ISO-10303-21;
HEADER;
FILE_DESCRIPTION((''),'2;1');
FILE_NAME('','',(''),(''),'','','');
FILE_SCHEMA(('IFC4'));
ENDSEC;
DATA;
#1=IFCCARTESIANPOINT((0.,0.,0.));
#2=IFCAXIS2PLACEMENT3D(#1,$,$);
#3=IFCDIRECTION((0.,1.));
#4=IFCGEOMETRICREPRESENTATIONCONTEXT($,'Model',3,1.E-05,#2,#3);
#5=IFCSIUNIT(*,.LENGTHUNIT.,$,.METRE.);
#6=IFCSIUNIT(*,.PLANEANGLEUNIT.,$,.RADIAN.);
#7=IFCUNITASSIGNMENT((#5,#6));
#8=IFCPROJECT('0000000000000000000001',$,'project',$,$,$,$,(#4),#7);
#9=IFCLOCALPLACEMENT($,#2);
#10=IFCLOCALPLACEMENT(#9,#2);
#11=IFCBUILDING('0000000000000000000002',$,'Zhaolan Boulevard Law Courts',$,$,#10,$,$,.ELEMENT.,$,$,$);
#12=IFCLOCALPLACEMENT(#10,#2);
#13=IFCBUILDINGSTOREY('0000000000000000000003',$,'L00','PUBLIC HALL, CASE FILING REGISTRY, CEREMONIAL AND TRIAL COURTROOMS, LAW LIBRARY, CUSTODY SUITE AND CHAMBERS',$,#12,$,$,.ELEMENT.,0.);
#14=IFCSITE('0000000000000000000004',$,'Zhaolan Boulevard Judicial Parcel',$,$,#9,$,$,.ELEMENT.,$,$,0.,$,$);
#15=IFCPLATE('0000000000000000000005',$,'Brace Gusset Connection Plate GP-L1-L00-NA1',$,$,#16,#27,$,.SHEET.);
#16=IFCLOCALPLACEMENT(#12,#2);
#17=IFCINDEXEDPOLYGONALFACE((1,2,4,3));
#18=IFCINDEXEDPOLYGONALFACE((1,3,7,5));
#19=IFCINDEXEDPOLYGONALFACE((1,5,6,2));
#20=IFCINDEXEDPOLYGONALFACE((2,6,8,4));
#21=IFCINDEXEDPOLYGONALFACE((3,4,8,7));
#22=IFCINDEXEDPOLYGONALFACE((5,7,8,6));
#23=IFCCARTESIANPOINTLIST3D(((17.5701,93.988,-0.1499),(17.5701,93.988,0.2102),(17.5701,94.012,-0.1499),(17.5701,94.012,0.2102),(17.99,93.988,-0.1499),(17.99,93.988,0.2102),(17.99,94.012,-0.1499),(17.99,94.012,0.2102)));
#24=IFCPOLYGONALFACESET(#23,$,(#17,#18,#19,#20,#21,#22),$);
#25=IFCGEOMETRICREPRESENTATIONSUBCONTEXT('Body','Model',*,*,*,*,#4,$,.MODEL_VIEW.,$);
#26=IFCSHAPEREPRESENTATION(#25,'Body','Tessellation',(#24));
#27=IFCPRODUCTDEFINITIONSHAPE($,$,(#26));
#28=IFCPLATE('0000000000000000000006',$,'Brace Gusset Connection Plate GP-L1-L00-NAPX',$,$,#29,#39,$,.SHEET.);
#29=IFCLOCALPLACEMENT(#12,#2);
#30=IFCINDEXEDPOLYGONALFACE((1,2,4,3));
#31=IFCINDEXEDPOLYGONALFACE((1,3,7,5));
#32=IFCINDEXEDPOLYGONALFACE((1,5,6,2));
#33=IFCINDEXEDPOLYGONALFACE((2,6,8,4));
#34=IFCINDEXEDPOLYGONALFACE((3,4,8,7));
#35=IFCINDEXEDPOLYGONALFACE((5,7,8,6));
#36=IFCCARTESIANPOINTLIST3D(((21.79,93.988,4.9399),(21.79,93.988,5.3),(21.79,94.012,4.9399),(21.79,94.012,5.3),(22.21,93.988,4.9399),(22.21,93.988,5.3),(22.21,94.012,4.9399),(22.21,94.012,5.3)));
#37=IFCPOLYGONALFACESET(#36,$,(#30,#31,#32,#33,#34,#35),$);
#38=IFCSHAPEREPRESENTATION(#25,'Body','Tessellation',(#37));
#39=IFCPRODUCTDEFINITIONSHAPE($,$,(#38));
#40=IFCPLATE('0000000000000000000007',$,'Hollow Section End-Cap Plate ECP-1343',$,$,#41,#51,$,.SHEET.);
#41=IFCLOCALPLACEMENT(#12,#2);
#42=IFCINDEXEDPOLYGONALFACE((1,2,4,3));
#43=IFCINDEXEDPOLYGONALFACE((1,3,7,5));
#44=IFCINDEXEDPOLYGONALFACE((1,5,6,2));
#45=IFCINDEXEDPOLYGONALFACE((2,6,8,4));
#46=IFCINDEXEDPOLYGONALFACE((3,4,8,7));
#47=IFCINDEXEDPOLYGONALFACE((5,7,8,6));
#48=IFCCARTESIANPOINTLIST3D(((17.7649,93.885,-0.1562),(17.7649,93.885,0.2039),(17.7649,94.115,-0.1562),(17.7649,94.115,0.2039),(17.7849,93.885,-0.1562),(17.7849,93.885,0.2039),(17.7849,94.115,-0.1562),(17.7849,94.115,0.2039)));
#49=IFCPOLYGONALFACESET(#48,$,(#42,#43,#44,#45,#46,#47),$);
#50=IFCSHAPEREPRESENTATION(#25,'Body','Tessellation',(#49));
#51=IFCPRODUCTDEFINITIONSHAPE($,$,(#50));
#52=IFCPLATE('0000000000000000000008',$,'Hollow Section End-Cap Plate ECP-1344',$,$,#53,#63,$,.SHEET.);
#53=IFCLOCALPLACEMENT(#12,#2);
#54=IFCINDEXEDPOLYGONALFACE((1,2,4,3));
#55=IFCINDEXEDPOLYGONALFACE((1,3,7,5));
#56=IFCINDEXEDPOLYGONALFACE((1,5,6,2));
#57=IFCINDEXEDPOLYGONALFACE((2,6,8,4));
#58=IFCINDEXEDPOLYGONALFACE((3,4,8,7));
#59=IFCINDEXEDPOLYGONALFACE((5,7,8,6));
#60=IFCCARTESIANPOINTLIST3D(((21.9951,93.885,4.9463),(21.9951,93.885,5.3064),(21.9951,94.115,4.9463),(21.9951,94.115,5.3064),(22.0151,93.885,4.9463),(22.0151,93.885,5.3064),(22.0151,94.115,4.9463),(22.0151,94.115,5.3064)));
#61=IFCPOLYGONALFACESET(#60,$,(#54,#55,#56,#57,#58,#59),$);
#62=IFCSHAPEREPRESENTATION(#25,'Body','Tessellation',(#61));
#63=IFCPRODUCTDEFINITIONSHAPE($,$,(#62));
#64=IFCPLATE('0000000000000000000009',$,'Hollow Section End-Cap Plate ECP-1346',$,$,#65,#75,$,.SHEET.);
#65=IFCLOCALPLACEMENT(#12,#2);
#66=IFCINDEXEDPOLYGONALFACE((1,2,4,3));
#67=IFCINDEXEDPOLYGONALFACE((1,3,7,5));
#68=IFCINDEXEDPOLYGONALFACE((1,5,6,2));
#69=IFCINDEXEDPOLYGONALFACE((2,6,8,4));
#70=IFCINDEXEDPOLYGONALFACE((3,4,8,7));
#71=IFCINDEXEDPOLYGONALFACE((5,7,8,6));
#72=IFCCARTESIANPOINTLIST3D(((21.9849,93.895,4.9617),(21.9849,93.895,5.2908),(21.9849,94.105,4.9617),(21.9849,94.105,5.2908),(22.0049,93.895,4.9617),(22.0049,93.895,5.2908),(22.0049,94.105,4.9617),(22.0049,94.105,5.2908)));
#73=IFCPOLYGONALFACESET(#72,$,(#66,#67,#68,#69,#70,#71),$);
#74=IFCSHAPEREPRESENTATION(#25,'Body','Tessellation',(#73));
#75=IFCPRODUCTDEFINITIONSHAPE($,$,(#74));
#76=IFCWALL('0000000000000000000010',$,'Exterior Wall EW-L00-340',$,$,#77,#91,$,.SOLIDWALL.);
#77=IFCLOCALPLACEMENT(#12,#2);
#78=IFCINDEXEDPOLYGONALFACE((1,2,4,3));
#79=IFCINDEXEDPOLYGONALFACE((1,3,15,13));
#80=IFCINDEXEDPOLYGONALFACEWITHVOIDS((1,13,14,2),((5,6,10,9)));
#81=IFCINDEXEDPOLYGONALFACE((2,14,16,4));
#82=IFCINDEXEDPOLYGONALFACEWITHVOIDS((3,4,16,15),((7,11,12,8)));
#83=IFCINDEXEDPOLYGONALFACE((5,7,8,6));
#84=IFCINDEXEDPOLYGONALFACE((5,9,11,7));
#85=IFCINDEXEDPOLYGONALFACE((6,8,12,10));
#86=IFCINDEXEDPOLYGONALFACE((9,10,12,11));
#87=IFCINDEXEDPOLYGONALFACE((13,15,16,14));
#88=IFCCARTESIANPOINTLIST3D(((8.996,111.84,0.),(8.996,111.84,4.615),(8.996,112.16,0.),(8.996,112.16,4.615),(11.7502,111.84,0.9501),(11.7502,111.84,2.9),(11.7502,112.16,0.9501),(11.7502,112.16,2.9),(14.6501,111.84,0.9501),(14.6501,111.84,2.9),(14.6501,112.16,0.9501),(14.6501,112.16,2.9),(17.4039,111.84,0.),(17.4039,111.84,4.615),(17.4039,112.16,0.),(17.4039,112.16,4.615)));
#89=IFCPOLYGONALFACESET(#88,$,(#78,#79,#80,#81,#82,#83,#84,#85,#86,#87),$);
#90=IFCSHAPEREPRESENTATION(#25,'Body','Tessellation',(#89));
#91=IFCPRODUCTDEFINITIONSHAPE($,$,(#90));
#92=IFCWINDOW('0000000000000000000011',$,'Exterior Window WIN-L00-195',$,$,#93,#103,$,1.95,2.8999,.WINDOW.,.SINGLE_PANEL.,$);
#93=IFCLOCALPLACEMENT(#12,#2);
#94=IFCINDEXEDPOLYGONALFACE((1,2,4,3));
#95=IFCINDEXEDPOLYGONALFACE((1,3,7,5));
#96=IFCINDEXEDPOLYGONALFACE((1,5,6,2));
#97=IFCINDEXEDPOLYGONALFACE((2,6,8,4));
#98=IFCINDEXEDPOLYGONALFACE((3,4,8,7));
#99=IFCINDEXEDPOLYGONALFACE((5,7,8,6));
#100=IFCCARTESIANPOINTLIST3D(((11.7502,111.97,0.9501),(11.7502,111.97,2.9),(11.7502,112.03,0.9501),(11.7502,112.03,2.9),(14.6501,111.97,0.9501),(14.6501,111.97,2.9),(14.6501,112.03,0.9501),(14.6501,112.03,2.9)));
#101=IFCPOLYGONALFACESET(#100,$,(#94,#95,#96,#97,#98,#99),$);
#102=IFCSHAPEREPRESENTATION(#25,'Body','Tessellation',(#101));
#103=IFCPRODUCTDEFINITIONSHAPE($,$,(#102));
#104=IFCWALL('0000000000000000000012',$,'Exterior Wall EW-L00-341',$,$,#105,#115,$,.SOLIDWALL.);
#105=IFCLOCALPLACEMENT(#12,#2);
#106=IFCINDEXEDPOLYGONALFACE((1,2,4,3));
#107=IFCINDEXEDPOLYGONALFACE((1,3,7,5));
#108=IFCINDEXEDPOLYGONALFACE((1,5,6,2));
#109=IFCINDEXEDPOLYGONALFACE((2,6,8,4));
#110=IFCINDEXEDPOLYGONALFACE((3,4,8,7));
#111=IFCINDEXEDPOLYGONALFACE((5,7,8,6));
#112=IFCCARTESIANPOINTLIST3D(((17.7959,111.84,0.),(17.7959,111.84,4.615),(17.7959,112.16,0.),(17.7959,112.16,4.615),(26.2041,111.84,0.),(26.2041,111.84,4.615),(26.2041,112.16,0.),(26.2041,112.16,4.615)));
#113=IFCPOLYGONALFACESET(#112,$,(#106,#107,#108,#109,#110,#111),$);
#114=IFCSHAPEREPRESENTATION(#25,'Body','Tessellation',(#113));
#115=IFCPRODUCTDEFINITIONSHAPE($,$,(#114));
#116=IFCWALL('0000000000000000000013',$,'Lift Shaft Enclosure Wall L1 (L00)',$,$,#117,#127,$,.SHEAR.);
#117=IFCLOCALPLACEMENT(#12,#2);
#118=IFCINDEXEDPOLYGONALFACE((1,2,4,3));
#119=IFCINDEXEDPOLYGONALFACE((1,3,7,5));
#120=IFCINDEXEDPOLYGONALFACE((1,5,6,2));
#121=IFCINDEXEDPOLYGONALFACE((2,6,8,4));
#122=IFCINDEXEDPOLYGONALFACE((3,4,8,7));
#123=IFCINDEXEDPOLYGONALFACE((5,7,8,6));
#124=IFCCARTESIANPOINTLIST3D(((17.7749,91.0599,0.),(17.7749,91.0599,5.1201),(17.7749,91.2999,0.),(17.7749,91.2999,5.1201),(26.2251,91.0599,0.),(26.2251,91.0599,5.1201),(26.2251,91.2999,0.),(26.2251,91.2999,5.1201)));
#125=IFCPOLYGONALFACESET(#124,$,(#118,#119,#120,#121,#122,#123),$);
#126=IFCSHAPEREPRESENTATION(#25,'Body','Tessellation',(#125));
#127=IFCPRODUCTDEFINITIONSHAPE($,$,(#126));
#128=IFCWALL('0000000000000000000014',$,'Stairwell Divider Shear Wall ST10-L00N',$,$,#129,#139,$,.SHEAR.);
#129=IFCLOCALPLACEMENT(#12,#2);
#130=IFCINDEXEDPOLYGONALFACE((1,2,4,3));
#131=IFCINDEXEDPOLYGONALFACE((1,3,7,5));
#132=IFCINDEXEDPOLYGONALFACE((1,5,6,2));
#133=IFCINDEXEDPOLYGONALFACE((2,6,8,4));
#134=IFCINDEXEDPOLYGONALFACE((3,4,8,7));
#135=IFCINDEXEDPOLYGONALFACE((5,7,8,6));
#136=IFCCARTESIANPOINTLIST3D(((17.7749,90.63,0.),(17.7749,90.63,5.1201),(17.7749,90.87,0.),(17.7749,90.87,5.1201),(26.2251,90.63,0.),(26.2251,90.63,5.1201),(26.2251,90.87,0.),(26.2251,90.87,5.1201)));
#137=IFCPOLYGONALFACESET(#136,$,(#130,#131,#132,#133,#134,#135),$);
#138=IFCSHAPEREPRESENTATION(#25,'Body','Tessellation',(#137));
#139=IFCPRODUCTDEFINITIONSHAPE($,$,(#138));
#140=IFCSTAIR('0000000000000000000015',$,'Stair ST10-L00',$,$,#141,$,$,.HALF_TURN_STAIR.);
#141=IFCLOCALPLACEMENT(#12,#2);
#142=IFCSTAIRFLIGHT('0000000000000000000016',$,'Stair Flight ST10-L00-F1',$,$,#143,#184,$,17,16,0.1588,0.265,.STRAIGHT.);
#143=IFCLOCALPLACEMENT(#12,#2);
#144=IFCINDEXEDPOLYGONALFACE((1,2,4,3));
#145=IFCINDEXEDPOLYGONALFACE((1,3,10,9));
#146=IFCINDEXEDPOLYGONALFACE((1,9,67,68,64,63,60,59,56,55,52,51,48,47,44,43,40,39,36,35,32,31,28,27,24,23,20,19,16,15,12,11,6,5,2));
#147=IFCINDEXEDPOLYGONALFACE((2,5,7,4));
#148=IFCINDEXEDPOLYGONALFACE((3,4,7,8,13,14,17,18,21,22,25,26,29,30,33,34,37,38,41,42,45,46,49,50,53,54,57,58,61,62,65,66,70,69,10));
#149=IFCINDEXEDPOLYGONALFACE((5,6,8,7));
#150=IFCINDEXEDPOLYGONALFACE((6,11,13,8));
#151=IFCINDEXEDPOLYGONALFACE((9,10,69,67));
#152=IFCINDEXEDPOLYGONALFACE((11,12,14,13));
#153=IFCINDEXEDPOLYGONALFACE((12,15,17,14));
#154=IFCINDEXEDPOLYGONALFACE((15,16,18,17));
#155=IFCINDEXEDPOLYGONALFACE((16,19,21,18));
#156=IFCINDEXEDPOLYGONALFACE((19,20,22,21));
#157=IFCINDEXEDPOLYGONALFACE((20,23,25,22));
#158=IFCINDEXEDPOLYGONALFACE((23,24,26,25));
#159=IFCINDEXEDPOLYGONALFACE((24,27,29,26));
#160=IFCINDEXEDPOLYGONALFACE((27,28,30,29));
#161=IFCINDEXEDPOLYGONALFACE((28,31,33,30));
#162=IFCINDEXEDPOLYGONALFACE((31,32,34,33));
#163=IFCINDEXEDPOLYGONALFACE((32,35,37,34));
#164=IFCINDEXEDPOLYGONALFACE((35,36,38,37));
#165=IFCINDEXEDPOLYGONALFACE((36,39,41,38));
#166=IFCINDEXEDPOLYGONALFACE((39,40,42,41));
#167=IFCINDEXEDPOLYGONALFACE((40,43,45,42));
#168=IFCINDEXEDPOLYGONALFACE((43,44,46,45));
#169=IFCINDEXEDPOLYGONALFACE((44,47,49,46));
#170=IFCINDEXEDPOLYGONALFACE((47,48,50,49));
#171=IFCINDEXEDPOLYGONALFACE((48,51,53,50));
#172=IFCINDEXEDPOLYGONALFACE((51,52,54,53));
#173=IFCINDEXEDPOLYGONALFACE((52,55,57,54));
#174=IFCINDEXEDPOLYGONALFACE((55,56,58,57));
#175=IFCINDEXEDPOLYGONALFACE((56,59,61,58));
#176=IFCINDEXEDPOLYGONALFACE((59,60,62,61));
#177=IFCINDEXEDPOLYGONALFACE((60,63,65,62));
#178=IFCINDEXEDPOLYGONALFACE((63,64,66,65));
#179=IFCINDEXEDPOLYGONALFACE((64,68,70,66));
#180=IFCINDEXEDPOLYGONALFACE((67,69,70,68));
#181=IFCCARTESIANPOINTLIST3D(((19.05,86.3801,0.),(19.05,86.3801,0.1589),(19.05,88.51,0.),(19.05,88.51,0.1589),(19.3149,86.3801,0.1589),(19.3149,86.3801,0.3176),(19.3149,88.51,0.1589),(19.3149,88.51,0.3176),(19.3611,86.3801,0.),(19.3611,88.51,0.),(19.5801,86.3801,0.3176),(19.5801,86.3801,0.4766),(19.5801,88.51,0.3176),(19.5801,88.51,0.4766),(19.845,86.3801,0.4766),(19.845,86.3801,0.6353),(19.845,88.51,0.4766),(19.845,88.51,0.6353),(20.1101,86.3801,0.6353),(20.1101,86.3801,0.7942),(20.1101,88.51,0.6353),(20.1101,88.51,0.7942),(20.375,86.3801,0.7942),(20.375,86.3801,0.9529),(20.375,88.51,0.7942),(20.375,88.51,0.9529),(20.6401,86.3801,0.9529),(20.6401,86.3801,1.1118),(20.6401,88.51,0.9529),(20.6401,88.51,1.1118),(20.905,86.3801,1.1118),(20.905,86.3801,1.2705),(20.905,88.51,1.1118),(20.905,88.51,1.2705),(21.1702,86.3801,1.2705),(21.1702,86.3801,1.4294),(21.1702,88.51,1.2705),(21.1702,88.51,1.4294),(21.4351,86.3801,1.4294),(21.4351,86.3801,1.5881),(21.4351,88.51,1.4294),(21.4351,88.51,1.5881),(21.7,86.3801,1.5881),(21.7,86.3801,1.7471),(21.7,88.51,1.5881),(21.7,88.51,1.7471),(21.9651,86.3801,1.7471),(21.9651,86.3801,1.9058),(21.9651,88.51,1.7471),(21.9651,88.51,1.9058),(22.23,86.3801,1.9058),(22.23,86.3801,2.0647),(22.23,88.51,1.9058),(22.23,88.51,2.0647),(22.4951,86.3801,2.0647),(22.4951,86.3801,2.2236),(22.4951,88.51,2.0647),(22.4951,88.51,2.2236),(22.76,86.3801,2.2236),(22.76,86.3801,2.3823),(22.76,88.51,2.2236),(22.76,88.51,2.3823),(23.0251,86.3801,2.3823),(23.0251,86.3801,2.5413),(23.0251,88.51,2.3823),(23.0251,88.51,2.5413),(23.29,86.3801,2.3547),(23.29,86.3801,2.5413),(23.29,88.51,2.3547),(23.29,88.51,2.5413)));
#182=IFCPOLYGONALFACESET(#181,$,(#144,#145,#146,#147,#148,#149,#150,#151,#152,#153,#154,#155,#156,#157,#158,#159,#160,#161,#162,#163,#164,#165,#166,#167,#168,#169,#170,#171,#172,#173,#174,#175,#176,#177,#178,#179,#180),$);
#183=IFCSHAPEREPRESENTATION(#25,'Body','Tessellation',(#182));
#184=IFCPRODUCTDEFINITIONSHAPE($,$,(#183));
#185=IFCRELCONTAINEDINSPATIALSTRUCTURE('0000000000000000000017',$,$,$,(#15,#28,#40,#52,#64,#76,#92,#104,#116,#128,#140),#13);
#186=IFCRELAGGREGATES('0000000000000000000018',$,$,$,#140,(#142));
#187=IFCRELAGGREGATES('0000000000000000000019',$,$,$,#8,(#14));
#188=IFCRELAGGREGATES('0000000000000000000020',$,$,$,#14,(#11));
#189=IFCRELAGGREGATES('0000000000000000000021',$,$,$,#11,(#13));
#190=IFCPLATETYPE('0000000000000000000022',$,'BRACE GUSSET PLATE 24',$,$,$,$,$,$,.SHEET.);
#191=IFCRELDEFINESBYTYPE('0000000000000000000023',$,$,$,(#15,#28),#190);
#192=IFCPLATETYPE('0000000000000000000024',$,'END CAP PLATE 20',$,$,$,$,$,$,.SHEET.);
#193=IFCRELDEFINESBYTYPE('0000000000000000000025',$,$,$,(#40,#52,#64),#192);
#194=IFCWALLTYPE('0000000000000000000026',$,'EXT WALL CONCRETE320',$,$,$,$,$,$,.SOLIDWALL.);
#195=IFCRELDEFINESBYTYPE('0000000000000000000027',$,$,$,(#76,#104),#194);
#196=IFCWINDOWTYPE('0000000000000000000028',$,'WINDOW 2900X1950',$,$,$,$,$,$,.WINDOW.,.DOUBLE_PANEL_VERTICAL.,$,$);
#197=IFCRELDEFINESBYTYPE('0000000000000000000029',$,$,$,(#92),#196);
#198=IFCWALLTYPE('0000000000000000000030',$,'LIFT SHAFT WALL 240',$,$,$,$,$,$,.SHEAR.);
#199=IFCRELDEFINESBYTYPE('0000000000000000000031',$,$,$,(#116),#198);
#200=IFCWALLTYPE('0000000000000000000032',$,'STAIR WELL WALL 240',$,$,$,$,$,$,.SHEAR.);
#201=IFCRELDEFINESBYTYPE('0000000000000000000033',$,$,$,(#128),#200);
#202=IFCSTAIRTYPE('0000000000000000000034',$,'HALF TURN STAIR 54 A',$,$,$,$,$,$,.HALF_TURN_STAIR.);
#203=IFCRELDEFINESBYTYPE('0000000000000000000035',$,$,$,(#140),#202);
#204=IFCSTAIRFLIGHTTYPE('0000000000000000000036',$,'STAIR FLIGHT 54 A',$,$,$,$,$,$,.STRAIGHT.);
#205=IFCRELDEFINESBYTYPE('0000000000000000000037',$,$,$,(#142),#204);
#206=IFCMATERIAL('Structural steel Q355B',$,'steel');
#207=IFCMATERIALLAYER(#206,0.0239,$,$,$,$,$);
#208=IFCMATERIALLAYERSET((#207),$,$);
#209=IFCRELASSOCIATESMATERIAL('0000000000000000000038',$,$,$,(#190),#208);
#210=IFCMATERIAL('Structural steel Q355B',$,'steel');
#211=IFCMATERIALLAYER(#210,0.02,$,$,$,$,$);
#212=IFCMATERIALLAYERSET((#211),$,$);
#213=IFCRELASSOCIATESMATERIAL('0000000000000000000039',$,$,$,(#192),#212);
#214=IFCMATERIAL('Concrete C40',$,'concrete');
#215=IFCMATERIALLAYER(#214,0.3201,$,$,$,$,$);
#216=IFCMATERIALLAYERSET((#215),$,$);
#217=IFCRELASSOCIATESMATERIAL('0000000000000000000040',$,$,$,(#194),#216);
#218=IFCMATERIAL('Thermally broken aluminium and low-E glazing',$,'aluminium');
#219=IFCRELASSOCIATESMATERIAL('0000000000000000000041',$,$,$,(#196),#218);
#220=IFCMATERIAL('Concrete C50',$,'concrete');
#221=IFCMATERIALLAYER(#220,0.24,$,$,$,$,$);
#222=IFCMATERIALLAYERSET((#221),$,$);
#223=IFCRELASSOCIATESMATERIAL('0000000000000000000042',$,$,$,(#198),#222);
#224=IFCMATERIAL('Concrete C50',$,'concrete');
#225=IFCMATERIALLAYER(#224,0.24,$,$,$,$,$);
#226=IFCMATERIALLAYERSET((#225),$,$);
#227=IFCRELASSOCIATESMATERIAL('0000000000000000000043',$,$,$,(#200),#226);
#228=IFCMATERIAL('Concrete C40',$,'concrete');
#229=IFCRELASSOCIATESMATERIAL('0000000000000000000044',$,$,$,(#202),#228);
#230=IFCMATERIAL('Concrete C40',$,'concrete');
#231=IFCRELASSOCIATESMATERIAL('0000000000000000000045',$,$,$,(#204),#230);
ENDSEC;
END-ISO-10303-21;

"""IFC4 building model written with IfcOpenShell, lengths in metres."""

from ifc_helpers import new_model, si_unit, direction, frame, frame_2d, origin, origin_2d, place, context, subcontext, project, spatial, polyline, rectangle, outline, extrude, material, layer, layer_set, type_object, element, fill, aggregate, save


model = new_model("IFC4")

# Units and contexts
model_context = context("Model", 3, precision=1e-05, world=origin(), true_north=direction((0.0, 1.0)))
body_context = subcontext(model_context, "Body", "Model", "MODEL_VIEW")
ifc_project = project(units=[si_unit("LENGTHUNIT", "METRE"), si_unit("PLANEANGLEUNIT", "RADIAN")], contexts=[model_context])

# Site, building, storey
site_placement = place(None, origin())
site = spatial("IfcSite", under=ifc_project, at=site_placement, Name="Zhaolan Boulevard Judicial Parcel", CompositionType="ELEMENT", RefElevation=0.0)
building_placement = place(site_placement, origin())
building = spatial("IfcBuilding", under=site, at=building_placement, Name="Zhaolan Boulevard Law Courts", CompositionType="ELEMENT")
storey_placement = place(building_placement, origin())
storey = spatial("IfcBuildingStorey", under=building, at=storey_placement, Name="L00", Description="PUBLIC HALL, CASE FILING REGISTRY, CEREMONIAL AND TRIAL COURTROOMS, LAW LIBRARY, CUSTODY SUITE AND CHAMBERS", CompositionType="ELEMENT", Elevation=0.0)

# Plates
ifc_material_1 = material(Name="Structural steel Q355B", Category="steel")
ifc_layer_1 = layer(ifc_material_1, 0.0239)
ifc_layer_set_1 = layer_set([ifc_layer_1])
plate_type_1 = type_object("IfcPlateType", Name="BRACE GUSSET PLATE 24", PredefinedType="SHEET", material=ifc_layer_set_1)
for number, where, z_axis, x_axis, name in (
    (1, (17.78, 94.0, -0.1499), (0.0, 0.0, 1.0), (1.0, 0.0, 0.0), "Brace Gusset Connection Plate GP-L1-L00-NA1"),
    (2, (22.0, 94.0, 4.9399), (0.0, 0.0, 1.0), (1.0, 0.0, 0.0), "Brace Gusset Connection Plate GP-L1-L00-NAPX"),
):
    element("IfcPlate", number, at=place(storey_placement, frame(where, z_axis=z_axis, x_axis=x_axis)), inside=storey, type_object=plate_type_1, Name=name, PredefinedType="SHEET", context=body_context, shape_type="SweptSolid", body=[
        extrude(rectangle(XDim=0.4199, YDim=0.0239, at=origin_2d()), origin(), (0.0, 0.0, 1.0), 0.3601),
    ])
ifc_material_2 = material(Name="Structural steel Q355B", Category="steel")
ifc_layer_2 = layer(ifc_material_2, 0.02)
ifc_layer_set_2 = layer_set([ifc_layer_2])
plate_type_2 = type_object("IfcPlateType", Name="END CAP PLATE 20", PredefinedType="SHEET", material=ifc_layer_set_2)
for number, where, z_axis, x_axis, name in (
    (3, (17.7749, 94.0, -0.1562), (0.0, 0.0, 1.0), (1.0, 0.0, 0.0), "Hollow Section End-Cap Plate ECP-1343"),
    (4, (22.0051, 94.0, 4.9463), (0.0, 0.0, 1.0), (1.0, 0.0, 0.0), "Hollow Section End-Cap Plate ECP-1344"),
):
    element("IfcPlate", number, at=place(storey_placement, frame(where, z_axis=z_axis, x_axis=x_axis)), inside=storey, type_object=plate_type_2, Name=name, PredefinedType="SHEET", context=body_context, shape_type="SweptSolid", body=[
        extrude(rectangle(XDim=0.02, YDim=0.23, at=origin_2d()), origin(), (0.0, 0.0, 1.0), 0.3601),
    ])
plate_placement = place(storey_placement, frame((21.9949, 94.0, 4.9617), z_axis=(0.0, 0.0, 1.0), x_axis=(-1.0, 0.0, 0.0)))
element("IfcPlate", 5, at=plate_placement, inside=storey, type_object=plate_type_2, Name="Hollow Section End-Cap Plate ECP-1346", PredefinedType="SHEET", context=body_context, shape_type="SweptSolid", body=[
    extrude(rectangle(XDim=0.02, YDim=0.21, at=origin_2d()), origin(), (0.0, 0.0, 1.0), 0.3291),
])

# Wall, opening, window
ifc_material_3 = material(Name="Concrete C40", Category="concrete")
ifc_layer_3 = layer(ifc_material_3, 0.3201)
ifc_layer_set_3 = layer_set([ifc_layer_3])
wall_type_1 = type_object("IfcWallType", Name="EXT WALL CONCRETE320", PredefinedType="SOLIDWALL", material=ifc_layer_set_3)
wall_1_placement = place(storey_placement, frame((17.4041, 112.0, 0.0), z_axis=(0.0, 0.0, 1.0), x_axis=(-1.0, 0.0, 0.0)))
wall_1 = element("IfcWall", 6, at=wall_1_placement, inside=storey, type_object=wall_type_1, Name="Exterior Wall EW-L00-340", PredefinedType="SOLIDWALL", context=body_context, shape_type="SweptSolid", body=[
    extrude(rectangle(XDim=8.408, YDim=0.3201, at=frame_2d((4.2041, 0.0))), origin(), (0.0, 0.0, 1.0), 4.615),
])
opening_placement = place(wall_1_placement, frame((2.7539, 0.0, 0.95)))
opening = element("IfcOpeningElement", 7, at=opening_placement, cuts=wall_1, PredefinedType="OPENING", context=body_context, shape_type="SweptSolid", body=[
    extrude(rectangle(XDim=2.8999, YDim=1.95, at=frame_2d((1.45, 0.9751))), frame((0.0, 0.1699, 0.0), z_axis=(0.0, -1.0, 0.0), x_axis=(1.0, 0.0, 0.0)), (0.0, 0.0, 1.0), 0.3401),
])
ifc_material_4 = material(Name="Thermally broken aluminium and low-E glazing", Category="aluminium")
window_type = type_object("IfcWindowType", Name="WINDOW 2900X1950", PartitioningType="DOUBLE_PANEL_VERTICAL", PredefinedType="WINDOW", material=ifc_material_4)
window_placement = place(opening_placement, origin())
window = element("IfcWindow", 8, at=window_placement, inside=storey, type_object=window_type, Name="Exterior Window WIN-L00-195", OverallHeight=1.95, OverallWidth=2.8999, PartitioningType="SINGLE_PANEL", PredefinedType="WINDOW", context=body_context, shape_type="SweptSolid", body=[
    extrude(rectangle(XDim=2.8999, YDim=1.95, at=frame_2d((1.45, 0.9751))), frame((0.0, 0.03, 0.0), z_axis=(0.0, -1.0, 0.0), x_axis=(1.0, 0.0, 0.0)), (0.0, 0.0, 1.0), 0.0601),
])
fill(opening, window)

# Walls
wall_2_placement = place(storey_placement, frame((26.2041, 112.0, 0.0), z_axis=(0.0, 0.0, 1.0), x_axis=(-1.0, 0.0, 0.0)))
element("IfcWall", 9, at=wall_2_placement, inside=storey, type_object=wall_type_1, Name="Exterior Wall EW-L00-341", PredefinedType="SOLIDWALL", context=body_context, shape_type="SweptSolid", body=[
    extrude(rectangle(XDim=8.4082, YDim=0.3201, at=frame_2d((4.2041, 0.0))), origin(), (0.0, 0.0, 1.0), 4.615),
])
ifc_material_5 = material(Name="Concrete C50", Category="concrete")
ifc_layer_4 = layer(ifc_material_5, 0.24)
ifc_layer_set_4 = layer_set([ifc_layer_4])
wall_type_2 = type_object("IfcWallType", Name="LIFT SHAFT WALL 240", PredefinedType="SHEAR", material=ifc_layer_set_4)
wall_3_placement = place(storey_placement, frame((17.7749, 91.1799, 0.0), z_axis=(0.0, 0.0, 1.0), x_axis=(1.0, 0.0, 0.0)))
element("IfcWall", 10, at=wall_3_placement, inside=storey, type_object=wall_type_2, Name="Lift Shaft Enclosure Wall L1 (L00)", PredefinedType="SHEAR", context=body_context, shape_type="SweptSolid", body=[
    extrude(rectangle(XDim=8.4502, YDim=0.24, at=frame_2d((4.2251, 0.0))), origin(), (0.0, 0.0, 1.0), 5.1201),
])
ifc_material_6 = material(Name="Concrete C50", Category="concrete")
ifc_layer_5 = layer(ifc_material_6, 0.24)
ifc_layer_set_5 = layer_set([ifc_layer_5])
wall_type_3 = type_object("IfcWallType", Name="STAIR WELL WALL 240", PredefinedType="SHEAR", material=ifc_layer_set_5)
wall_4_placement = place(storey_placement, frame((17.7749, 90.75, 0.0), z_axis=(0.0, 0.0, 1.0), x_axis=(1.0, 0.0, 0.0)))
element("IfcWall", 11, at=wall_4_placement, inside=storey, type_object=wall_type_3, Name="Stairwell Divider Shear Wall ST10-L00N", PredefinedType="SHEAR", context=body_context, shape_type="SweptSolid", body=[
    extrude(rectangle(XDim=8.4502, YDim=0.24, at=frame_2d((4.2251, 0.0))), origin(), (0.0, 0.0, 1.0), 5.1201),
])

# Stair, stair flight
ifc_material_7 = material(Name="Concrete C40", Category="concrete")
stair_type = type_object("IfcStairType", Name="HALF TURN STAIR 54 A", PredefinedType="HALF_TURN_STAIR", material=ifc_material_7)
stair_placement = place(storey_placement, origin())
stair = element("IfcStair", 12, at=stair_placement, inside=storey, type_object=stair_type, Name="Stair ST10-L00", PredefinedType="HALF_TURN_STAIR")
ifc_material_8 = material(Name="Concrete C40", Category="concrete")
stair_flight_type = type_object("IfcStairFlightType", Name="STAIR FLIGHT 54 A", PredefinedType="STRAIGHT", material=ifc_material_8)
stair_flight_1_placement = place(storey_placement, frame((19.05, 87.4451, 0.0), z_axis=(0.0, 0.0, 1.0), x_axis=(1.0, 0.0, 0.0)))
stair_flight_1 = element("IfcStairFlight", 13, at=stair_flight_1_placement, type_object=stair_flight_type, Name="Stair Flight ST10-L00-F1", NumberOfRisers=17, NumberOfTreads=16, PredefinedType="STRAIGHT", RiserHeight=0.1588, TreadLength=0.265, context=body_context, shape_type="SweptSolid", body=[
    extrude(outline(polyline([(0.0, 0.0), (0.0, 0.1589), (0.2649, 0.1589), (0.2649, 0.3176), (0.53, 0.3176), (0.53, 0.4766), (0.7949, 0.4766), (0.7949, 0.6353), (1.0601, 0.6353), (1.0601, 0.7942), (1.325, 0.7942), (1.325, 0.9529), (1.5901, 0.9529), (1.5901, 1.1118), (1.855, 1.1118), (1.855, 1.2705), (2.1201, 1.2705), (2.1201, 1.4294), (2.385, 1.4294), (2.385, 1.5881), (2.6499, 1.5881), (2.6499, 1.7471), (2.915, 1.7471), (2.915, 1.9058), (3.1799, 1.9058), (3.1799, 2.0647), (3.4451, 2.0647), (3.4451, 2.2236), (3.71, 2.2236), (3.71, 2.3823), (3.9751, 2.3823), (3.9751, 2.5413), (4.24, 2.5413), (4.24, 2.7), (4.24, 2.3547), (0.311, 0.0), (0.0, 0.0)])), frame((0.0, 1.0649, 0.0), z_axis=(0.0, -1.0, 0.0), x_axis=(1.0, 0.0, 0.0)), (0.0, 0.0, 1.0), 2.1299),
])
aggregate(stair, [stair_flight_1])

save(model, "model.ifc")
